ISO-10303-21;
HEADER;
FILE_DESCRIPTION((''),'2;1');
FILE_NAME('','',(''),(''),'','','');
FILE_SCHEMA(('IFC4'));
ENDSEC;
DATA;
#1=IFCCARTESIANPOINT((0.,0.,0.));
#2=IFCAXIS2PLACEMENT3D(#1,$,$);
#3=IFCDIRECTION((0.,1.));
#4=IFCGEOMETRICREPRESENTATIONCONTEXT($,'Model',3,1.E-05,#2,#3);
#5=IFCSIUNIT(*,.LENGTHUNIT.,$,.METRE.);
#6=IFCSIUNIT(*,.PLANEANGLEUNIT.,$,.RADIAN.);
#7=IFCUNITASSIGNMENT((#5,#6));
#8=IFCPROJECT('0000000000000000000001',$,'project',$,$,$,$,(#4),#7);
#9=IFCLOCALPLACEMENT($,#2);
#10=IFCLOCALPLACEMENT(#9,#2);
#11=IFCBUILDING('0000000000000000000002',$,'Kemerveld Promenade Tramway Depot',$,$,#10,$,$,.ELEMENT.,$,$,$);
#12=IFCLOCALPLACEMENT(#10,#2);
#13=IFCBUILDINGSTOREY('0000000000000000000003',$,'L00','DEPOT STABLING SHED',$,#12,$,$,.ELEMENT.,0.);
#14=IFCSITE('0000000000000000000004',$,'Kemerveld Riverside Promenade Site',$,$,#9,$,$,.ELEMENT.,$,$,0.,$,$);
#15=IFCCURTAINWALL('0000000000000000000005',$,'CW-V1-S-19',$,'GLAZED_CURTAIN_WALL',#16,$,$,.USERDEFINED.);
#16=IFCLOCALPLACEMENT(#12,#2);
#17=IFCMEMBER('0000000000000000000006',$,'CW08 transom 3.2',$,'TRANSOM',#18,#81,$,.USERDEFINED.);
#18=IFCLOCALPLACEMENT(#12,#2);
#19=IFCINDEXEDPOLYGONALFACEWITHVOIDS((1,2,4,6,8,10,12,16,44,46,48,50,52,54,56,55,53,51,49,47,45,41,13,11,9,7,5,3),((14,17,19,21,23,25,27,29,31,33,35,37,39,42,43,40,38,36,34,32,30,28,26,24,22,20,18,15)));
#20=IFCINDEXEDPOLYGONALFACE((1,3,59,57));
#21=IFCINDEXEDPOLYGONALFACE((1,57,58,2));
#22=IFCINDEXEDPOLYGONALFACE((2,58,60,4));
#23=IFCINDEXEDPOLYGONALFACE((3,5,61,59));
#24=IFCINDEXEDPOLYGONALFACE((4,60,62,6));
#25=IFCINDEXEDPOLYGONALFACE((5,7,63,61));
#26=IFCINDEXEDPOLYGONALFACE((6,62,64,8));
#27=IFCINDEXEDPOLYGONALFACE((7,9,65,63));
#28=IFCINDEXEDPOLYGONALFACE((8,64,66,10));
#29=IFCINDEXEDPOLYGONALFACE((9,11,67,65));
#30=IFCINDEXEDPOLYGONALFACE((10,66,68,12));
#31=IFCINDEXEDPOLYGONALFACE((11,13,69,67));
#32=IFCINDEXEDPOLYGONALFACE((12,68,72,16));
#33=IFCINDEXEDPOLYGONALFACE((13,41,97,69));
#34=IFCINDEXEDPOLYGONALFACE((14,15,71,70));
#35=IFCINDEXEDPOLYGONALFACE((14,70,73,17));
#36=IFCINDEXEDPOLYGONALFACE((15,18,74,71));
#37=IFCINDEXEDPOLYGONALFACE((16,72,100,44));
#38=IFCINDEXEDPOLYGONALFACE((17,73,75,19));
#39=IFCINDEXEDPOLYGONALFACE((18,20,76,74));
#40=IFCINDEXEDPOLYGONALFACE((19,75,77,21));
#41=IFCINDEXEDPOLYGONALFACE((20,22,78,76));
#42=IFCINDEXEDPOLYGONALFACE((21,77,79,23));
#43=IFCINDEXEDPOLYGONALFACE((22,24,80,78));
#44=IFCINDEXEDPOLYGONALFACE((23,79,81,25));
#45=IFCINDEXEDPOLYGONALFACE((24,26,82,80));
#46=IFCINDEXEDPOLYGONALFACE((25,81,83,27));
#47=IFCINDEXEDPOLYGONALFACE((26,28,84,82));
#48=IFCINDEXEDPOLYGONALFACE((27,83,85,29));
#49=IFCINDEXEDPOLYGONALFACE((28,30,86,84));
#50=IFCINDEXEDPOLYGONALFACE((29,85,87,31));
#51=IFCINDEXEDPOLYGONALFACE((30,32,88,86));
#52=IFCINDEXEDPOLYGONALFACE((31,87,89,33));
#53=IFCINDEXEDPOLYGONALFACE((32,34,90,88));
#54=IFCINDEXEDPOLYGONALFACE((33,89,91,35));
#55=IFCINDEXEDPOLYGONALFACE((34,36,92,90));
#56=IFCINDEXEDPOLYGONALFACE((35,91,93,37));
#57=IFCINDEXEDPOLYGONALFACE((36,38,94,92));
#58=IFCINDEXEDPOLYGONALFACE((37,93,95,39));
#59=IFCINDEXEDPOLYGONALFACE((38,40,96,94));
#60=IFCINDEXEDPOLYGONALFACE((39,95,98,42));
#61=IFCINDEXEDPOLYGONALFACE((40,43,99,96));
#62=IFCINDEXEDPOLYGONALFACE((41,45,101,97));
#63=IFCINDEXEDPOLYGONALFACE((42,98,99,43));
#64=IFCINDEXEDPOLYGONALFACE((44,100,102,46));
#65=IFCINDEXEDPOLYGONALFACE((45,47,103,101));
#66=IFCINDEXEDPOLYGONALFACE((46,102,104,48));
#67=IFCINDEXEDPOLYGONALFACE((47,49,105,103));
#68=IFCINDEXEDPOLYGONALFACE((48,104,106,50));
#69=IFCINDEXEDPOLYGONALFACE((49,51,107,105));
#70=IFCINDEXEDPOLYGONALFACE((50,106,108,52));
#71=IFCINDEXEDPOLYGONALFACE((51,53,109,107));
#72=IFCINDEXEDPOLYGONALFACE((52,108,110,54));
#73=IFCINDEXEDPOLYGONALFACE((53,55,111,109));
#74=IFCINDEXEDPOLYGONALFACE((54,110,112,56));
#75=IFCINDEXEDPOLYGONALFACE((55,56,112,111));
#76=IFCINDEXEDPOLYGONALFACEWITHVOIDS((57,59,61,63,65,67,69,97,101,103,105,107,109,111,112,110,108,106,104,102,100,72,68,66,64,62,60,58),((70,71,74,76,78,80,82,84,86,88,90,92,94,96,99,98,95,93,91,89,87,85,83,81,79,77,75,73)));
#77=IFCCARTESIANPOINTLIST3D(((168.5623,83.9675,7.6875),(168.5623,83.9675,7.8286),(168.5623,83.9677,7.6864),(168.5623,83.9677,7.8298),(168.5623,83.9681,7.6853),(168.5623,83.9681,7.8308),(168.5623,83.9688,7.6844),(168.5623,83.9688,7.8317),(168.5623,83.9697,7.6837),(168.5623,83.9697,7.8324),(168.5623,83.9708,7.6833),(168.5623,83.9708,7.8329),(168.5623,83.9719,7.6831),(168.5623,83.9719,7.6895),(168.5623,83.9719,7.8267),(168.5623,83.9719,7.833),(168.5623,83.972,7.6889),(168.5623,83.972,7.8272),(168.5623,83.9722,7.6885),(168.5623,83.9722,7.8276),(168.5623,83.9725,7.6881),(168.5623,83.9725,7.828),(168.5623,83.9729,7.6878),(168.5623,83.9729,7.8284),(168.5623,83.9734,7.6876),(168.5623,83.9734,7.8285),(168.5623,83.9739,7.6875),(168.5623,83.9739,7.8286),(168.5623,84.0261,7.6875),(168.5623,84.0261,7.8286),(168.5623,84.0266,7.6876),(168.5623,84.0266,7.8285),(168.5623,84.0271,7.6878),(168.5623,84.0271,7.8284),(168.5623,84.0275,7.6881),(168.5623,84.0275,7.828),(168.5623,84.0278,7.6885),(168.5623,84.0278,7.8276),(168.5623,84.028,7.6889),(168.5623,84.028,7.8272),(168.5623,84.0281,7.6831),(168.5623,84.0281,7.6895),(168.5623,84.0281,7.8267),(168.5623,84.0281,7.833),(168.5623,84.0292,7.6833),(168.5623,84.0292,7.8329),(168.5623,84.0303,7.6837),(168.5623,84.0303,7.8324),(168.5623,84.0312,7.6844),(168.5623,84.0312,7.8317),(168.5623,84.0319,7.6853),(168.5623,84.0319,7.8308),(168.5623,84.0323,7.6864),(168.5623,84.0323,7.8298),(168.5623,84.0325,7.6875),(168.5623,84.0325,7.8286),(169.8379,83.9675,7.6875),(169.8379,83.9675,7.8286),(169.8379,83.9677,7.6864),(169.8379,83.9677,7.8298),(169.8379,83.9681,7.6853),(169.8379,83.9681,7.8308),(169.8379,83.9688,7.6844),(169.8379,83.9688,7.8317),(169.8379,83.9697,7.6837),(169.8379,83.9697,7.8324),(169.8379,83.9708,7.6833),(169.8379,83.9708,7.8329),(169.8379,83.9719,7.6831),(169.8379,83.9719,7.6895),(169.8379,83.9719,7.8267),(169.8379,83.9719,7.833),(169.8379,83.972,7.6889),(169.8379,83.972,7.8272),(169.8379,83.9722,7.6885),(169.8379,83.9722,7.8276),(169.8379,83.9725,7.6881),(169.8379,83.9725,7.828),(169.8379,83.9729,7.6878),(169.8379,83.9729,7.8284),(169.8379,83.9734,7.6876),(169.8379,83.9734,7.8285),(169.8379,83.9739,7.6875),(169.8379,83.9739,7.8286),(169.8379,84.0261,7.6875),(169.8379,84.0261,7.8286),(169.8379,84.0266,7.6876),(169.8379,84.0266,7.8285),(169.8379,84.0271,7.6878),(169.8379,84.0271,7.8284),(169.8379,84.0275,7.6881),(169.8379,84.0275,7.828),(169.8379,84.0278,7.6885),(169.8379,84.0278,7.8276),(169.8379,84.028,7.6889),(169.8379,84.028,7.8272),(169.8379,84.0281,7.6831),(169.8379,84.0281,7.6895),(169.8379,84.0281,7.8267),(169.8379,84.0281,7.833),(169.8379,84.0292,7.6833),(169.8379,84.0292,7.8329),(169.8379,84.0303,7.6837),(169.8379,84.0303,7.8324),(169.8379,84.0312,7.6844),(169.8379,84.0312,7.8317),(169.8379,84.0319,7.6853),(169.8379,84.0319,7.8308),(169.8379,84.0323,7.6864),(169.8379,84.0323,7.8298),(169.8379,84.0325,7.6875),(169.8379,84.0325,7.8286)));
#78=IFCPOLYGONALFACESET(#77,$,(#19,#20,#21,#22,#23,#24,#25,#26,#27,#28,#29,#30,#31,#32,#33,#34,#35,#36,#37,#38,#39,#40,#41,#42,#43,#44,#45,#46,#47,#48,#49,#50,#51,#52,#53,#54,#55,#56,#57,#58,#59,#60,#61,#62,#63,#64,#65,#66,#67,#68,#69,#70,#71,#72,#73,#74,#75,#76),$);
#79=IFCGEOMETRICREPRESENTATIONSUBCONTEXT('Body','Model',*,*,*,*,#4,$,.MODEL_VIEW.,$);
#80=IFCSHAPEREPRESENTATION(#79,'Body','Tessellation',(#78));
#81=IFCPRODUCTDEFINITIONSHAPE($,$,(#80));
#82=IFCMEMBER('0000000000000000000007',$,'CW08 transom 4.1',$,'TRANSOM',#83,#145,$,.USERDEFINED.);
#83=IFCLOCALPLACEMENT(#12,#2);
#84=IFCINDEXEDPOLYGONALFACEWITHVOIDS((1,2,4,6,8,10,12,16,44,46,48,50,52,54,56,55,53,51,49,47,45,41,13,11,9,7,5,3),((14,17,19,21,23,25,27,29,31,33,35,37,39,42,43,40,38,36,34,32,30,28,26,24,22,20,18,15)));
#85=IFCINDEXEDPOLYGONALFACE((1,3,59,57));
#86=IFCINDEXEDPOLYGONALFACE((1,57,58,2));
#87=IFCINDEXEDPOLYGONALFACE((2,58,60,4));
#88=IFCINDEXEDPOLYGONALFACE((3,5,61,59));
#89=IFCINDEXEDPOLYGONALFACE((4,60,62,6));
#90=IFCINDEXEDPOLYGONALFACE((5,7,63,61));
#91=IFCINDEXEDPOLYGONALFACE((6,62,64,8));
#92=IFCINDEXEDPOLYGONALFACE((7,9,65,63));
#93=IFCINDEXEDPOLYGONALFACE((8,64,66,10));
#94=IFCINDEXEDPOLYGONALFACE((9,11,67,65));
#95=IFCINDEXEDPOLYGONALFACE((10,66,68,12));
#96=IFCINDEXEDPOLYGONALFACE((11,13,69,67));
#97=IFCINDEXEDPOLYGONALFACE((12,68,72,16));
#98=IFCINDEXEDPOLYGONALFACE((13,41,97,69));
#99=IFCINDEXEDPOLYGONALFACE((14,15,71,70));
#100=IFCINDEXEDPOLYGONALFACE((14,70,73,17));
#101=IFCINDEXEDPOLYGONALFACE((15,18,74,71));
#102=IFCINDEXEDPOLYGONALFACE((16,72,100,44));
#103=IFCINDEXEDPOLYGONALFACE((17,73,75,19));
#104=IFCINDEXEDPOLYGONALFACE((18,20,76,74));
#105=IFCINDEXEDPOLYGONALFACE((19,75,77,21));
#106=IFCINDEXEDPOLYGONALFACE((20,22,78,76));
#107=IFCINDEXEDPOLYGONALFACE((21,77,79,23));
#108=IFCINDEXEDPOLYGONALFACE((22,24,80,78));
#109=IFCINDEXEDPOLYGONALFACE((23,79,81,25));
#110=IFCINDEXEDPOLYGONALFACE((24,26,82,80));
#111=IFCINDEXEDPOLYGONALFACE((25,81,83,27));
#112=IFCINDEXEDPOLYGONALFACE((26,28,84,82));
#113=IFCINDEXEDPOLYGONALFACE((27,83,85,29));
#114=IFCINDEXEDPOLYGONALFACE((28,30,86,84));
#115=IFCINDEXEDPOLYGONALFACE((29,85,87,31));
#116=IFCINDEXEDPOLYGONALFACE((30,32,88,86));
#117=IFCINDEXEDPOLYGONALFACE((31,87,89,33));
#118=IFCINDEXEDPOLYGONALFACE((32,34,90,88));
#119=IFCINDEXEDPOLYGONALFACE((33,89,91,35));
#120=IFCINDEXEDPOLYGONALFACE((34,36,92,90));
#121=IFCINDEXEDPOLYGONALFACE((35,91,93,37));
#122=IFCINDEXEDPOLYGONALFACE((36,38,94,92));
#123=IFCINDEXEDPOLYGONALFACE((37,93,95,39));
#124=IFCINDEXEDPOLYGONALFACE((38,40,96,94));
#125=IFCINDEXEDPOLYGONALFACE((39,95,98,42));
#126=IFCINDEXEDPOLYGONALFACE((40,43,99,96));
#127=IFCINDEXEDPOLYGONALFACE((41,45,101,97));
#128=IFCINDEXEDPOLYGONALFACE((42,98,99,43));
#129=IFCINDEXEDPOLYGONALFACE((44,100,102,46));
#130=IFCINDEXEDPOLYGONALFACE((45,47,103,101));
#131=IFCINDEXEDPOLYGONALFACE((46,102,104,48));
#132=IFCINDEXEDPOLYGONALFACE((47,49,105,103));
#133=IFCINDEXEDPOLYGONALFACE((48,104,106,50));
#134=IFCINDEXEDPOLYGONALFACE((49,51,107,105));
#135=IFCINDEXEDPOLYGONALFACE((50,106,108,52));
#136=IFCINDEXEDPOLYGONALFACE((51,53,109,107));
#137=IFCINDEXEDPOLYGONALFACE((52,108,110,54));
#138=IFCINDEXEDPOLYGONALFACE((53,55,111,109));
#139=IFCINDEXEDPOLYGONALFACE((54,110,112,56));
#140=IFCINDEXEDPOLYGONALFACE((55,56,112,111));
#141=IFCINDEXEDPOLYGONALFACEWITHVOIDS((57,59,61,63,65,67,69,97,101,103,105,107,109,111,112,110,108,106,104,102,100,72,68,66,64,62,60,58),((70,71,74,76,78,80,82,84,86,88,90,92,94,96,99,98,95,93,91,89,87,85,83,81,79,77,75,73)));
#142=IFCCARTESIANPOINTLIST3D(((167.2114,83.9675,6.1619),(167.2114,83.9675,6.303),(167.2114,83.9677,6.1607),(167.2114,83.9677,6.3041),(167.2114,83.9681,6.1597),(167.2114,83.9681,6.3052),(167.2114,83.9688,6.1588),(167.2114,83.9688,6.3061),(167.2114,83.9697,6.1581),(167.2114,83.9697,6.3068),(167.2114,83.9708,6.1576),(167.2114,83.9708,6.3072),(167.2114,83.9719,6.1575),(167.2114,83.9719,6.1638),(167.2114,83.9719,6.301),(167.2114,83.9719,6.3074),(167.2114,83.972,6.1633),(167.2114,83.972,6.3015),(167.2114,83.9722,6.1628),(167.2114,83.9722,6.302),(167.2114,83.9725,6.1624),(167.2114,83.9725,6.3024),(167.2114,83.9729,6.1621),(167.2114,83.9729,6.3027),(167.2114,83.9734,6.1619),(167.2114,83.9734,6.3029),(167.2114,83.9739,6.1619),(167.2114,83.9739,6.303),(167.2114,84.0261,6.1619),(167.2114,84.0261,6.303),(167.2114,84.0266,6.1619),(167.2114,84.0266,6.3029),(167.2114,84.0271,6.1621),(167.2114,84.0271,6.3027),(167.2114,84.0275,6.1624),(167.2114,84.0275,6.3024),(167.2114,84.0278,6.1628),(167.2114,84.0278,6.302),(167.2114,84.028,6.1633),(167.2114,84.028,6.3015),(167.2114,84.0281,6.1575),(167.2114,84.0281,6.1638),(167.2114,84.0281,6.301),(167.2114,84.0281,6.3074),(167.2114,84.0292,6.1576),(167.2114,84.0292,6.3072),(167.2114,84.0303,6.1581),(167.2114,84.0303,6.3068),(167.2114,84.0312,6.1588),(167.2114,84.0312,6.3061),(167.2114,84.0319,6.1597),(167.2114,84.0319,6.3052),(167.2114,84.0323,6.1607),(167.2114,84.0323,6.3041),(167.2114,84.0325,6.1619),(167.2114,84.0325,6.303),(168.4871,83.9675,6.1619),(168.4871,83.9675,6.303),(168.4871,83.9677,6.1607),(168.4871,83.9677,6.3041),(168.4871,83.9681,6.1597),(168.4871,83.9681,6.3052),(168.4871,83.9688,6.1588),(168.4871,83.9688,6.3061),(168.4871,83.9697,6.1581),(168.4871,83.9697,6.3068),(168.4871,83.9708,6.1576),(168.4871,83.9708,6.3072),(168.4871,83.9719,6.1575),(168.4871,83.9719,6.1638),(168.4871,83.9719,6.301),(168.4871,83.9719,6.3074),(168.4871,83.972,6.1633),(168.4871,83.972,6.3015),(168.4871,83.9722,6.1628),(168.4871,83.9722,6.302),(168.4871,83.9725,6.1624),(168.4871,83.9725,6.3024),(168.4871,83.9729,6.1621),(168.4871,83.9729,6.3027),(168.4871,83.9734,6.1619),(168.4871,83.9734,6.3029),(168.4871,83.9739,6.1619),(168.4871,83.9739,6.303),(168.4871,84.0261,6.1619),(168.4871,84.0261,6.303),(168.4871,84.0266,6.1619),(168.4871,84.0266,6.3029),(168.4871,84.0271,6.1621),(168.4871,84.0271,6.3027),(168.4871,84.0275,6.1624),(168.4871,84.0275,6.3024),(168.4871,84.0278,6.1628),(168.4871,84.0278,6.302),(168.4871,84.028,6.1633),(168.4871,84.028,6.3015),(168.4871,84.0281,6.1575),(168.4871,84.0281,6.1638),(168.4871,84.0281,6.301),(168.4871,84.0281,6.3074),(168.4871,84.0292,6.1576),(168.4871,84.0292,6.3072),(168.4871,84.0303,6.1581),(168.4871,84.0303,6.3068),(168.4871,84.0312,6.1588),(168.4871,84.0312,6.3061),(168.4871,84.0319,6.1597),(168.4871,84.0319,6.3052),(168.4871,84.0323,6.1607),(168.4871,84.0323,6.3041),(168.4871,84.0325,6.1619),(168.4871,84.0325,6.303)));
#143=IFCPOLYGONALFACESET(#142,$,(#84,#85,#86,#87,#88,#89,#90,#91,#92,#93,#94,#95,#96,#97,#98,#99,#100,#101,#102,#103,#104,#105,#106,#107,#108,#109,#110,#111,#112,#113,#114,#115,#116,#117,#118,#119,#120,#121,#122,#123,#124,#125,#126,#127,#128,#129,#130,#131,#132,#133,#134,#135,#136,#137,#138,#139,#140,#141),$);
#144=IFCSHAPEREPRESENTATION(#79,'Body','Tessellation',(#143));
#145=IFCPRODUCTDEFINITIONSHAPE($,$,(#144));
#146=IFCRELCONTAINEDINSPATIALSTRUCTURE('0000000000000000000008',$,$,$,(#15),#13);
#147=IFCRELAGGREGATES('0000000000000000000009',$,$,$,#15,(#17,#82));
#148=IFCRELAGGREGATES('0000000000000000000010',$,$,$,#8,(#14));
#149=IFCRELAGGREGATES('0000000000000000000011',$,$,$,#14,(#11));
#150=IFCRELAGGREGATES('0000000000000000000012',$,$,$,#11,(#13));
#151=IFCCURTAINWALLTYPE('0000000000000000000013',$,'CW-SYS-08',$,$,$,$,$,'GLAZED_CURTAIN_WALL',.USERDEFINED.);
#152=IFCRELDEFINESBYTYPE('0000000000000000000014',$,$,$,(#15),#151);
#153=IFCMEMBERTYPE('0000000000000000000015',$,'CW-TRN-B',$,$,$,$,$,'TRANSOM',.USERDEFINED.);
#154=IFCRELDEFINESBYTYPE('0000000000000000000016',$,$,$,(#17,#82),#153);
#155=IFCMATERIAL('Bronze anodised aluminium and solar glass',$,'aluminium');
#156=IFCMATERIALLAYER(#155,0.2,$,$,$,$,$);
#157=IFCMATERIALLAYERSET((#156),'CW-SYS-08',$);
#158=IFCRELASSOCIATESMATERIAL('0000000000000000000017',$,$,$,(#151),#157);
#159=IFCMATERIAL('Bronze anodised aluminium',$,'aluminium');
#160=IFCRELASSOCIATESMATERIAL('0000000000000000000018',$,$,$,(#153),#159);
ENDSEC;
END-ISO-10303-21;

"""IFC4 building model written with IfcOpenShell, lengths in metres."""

from ifc_helpers import new_model, si_unit, direction, frame, origin, origin_2d, place, context, subcontext, project, spatial, hollow_rectangle, extrude, material, layer, layer_set, material_profile, profile_set, type_object, element, aggregate, save


model = new_model("IFC4")

# Units and contexts
model_context = context("Model", 3, precision=1e-05, world=origin(), true_north=direction((0.0, 1.0)))
body_context = subcontext(model_context, "Body", "Model", "MODEL_VIEW")
ifc_project = project(units=[si_unit("LENGTHUNIT", "METRE"), si_unit("PLANEANGLEUNIT", "RADIAN")], contexts=[model_context])

# Site, building, storey
site_placement = place(None, origin())
site = spatial("IfcSite", under=ifc_project, at=site_placement, Name="Kemerveld Riverside Promenade Site", CompositionType="ELEMENT", RefElevation=0.0)
building_placement = place(site_placement, origin())
building = spatial("IfcBuilding", under=site, at=building_placement, Name="Kemerveld Promenade Tramway Depot", CompositionType="ELEMENT")
storey_placement = place(building_placement, origin())
storey = spatial("IfcBuildingStorey", under=building, at=storey_placement, Name="L00", Description="DEPOT STABLING SHED", CompositionType="ELEMENT", Elevation=0.0)

# Curtain wall
ifc_material_1 = material(Name="Bronze anodised aluminium and solar glass", Category="aluminium")
ifc_material_2 = material(Name="Bronze anodised aluminium", Category="aluminium")
ifc_layer_1 = layer(ifc_material_1, 0.2)
ifc_layer_set_1 = layer_set([ifc_layer_1], Name="CW-SYS-08")
curtain_wall_type_1 = type_object("IfcCurtainWallType", Name="CW-SYS-08", ElementType="GLAZED_CURTAIN_WALL", PredefinedType="USERDEFINED", material=ifc_layer_set_1)
curtain_wall_1_placement = place(storey_placement, origin())
curtain_wall_1 = element("IfcCurtainWall", 1, at=curtain_wall_1_placement, inside=storey, type_object=curtain_wall_type_1, Name="CW-V1-S-19", ObjectType="GLAZED_CURTAIN_WALL", PredefinedType="USERDEFINED")

# Members
ifc_material_profile_1 = material_profile(ifc_material_2, hollow_rectangle(XDim=0.0649, YDim=0.1499, WallThickness=0.0044, InnerFilletRadius=0.002, OuterFilletRadius=0.0044, at=origin_2d()), Name="CW-TRN-150x65")
ifc_profile_set_1 = profile_set([ifc_material_profile_1], Name="Bronze anodised aluminium")
member_type_1 = type_object("IfcMemberType", Name="CW-TRN-B", ElementType="TRANSOM", PredefinedType="USERDEFINED", material=ifc_profile_set_1)
member_1_placement = place(storey_placement, frame((169.8379, 84.0, 7.7581), z_axis=(-1.0, 0.0, 0.0), x_axis=(0.0, -1.0, 0.0)))
member_1 = element("IfcMember", 2, at=member_1_placement, type_object=member_type_1, Name="CW08 transom 3.2", ObjectType="TRANSOM", PredefinedType="USERDEFINED", context=body_context, shape_type="SweptSolid", body=[
    extrude(hollow_rectangle(XDim=0.0649, YDim=0.1499, WallThickness=0.0044, InnerFilletRadius=0.002, OuterFilletRadius=0.0044, at=origin_2d()), origin(), (0.0, 0.0, 1.0), 1.2756),
])
member_2_placement = place(storey_placement, frame((168.4871, 84.0, 6.2324), z_axis=(-1.0, 0.0, 0.0), x_axis=(0.0, -1.0, 0.0)))
member_2 = element("IfcMember", 3, at=member_2_placement, type_object=member_type_1, Name="CW08 transom 4.1", ObjectType="TRANSOM", PredefinedType="USERDEFINED", context=body_context, shape_type="SweptSolid", body=[
    extrude(hollow_rectangle(XDim=0.0649, YDim=0.1499, WallThickness=0.0044, InnerFilletRadius=0.002, OuterFilletRadius=0.0044, at=origin_2d()), origin(), (0.0, 0.0, 1.0), 1.2756),
])

aggregate(curtain_wall_1, [member_1, member_2])

save(model, "model.ifc")
